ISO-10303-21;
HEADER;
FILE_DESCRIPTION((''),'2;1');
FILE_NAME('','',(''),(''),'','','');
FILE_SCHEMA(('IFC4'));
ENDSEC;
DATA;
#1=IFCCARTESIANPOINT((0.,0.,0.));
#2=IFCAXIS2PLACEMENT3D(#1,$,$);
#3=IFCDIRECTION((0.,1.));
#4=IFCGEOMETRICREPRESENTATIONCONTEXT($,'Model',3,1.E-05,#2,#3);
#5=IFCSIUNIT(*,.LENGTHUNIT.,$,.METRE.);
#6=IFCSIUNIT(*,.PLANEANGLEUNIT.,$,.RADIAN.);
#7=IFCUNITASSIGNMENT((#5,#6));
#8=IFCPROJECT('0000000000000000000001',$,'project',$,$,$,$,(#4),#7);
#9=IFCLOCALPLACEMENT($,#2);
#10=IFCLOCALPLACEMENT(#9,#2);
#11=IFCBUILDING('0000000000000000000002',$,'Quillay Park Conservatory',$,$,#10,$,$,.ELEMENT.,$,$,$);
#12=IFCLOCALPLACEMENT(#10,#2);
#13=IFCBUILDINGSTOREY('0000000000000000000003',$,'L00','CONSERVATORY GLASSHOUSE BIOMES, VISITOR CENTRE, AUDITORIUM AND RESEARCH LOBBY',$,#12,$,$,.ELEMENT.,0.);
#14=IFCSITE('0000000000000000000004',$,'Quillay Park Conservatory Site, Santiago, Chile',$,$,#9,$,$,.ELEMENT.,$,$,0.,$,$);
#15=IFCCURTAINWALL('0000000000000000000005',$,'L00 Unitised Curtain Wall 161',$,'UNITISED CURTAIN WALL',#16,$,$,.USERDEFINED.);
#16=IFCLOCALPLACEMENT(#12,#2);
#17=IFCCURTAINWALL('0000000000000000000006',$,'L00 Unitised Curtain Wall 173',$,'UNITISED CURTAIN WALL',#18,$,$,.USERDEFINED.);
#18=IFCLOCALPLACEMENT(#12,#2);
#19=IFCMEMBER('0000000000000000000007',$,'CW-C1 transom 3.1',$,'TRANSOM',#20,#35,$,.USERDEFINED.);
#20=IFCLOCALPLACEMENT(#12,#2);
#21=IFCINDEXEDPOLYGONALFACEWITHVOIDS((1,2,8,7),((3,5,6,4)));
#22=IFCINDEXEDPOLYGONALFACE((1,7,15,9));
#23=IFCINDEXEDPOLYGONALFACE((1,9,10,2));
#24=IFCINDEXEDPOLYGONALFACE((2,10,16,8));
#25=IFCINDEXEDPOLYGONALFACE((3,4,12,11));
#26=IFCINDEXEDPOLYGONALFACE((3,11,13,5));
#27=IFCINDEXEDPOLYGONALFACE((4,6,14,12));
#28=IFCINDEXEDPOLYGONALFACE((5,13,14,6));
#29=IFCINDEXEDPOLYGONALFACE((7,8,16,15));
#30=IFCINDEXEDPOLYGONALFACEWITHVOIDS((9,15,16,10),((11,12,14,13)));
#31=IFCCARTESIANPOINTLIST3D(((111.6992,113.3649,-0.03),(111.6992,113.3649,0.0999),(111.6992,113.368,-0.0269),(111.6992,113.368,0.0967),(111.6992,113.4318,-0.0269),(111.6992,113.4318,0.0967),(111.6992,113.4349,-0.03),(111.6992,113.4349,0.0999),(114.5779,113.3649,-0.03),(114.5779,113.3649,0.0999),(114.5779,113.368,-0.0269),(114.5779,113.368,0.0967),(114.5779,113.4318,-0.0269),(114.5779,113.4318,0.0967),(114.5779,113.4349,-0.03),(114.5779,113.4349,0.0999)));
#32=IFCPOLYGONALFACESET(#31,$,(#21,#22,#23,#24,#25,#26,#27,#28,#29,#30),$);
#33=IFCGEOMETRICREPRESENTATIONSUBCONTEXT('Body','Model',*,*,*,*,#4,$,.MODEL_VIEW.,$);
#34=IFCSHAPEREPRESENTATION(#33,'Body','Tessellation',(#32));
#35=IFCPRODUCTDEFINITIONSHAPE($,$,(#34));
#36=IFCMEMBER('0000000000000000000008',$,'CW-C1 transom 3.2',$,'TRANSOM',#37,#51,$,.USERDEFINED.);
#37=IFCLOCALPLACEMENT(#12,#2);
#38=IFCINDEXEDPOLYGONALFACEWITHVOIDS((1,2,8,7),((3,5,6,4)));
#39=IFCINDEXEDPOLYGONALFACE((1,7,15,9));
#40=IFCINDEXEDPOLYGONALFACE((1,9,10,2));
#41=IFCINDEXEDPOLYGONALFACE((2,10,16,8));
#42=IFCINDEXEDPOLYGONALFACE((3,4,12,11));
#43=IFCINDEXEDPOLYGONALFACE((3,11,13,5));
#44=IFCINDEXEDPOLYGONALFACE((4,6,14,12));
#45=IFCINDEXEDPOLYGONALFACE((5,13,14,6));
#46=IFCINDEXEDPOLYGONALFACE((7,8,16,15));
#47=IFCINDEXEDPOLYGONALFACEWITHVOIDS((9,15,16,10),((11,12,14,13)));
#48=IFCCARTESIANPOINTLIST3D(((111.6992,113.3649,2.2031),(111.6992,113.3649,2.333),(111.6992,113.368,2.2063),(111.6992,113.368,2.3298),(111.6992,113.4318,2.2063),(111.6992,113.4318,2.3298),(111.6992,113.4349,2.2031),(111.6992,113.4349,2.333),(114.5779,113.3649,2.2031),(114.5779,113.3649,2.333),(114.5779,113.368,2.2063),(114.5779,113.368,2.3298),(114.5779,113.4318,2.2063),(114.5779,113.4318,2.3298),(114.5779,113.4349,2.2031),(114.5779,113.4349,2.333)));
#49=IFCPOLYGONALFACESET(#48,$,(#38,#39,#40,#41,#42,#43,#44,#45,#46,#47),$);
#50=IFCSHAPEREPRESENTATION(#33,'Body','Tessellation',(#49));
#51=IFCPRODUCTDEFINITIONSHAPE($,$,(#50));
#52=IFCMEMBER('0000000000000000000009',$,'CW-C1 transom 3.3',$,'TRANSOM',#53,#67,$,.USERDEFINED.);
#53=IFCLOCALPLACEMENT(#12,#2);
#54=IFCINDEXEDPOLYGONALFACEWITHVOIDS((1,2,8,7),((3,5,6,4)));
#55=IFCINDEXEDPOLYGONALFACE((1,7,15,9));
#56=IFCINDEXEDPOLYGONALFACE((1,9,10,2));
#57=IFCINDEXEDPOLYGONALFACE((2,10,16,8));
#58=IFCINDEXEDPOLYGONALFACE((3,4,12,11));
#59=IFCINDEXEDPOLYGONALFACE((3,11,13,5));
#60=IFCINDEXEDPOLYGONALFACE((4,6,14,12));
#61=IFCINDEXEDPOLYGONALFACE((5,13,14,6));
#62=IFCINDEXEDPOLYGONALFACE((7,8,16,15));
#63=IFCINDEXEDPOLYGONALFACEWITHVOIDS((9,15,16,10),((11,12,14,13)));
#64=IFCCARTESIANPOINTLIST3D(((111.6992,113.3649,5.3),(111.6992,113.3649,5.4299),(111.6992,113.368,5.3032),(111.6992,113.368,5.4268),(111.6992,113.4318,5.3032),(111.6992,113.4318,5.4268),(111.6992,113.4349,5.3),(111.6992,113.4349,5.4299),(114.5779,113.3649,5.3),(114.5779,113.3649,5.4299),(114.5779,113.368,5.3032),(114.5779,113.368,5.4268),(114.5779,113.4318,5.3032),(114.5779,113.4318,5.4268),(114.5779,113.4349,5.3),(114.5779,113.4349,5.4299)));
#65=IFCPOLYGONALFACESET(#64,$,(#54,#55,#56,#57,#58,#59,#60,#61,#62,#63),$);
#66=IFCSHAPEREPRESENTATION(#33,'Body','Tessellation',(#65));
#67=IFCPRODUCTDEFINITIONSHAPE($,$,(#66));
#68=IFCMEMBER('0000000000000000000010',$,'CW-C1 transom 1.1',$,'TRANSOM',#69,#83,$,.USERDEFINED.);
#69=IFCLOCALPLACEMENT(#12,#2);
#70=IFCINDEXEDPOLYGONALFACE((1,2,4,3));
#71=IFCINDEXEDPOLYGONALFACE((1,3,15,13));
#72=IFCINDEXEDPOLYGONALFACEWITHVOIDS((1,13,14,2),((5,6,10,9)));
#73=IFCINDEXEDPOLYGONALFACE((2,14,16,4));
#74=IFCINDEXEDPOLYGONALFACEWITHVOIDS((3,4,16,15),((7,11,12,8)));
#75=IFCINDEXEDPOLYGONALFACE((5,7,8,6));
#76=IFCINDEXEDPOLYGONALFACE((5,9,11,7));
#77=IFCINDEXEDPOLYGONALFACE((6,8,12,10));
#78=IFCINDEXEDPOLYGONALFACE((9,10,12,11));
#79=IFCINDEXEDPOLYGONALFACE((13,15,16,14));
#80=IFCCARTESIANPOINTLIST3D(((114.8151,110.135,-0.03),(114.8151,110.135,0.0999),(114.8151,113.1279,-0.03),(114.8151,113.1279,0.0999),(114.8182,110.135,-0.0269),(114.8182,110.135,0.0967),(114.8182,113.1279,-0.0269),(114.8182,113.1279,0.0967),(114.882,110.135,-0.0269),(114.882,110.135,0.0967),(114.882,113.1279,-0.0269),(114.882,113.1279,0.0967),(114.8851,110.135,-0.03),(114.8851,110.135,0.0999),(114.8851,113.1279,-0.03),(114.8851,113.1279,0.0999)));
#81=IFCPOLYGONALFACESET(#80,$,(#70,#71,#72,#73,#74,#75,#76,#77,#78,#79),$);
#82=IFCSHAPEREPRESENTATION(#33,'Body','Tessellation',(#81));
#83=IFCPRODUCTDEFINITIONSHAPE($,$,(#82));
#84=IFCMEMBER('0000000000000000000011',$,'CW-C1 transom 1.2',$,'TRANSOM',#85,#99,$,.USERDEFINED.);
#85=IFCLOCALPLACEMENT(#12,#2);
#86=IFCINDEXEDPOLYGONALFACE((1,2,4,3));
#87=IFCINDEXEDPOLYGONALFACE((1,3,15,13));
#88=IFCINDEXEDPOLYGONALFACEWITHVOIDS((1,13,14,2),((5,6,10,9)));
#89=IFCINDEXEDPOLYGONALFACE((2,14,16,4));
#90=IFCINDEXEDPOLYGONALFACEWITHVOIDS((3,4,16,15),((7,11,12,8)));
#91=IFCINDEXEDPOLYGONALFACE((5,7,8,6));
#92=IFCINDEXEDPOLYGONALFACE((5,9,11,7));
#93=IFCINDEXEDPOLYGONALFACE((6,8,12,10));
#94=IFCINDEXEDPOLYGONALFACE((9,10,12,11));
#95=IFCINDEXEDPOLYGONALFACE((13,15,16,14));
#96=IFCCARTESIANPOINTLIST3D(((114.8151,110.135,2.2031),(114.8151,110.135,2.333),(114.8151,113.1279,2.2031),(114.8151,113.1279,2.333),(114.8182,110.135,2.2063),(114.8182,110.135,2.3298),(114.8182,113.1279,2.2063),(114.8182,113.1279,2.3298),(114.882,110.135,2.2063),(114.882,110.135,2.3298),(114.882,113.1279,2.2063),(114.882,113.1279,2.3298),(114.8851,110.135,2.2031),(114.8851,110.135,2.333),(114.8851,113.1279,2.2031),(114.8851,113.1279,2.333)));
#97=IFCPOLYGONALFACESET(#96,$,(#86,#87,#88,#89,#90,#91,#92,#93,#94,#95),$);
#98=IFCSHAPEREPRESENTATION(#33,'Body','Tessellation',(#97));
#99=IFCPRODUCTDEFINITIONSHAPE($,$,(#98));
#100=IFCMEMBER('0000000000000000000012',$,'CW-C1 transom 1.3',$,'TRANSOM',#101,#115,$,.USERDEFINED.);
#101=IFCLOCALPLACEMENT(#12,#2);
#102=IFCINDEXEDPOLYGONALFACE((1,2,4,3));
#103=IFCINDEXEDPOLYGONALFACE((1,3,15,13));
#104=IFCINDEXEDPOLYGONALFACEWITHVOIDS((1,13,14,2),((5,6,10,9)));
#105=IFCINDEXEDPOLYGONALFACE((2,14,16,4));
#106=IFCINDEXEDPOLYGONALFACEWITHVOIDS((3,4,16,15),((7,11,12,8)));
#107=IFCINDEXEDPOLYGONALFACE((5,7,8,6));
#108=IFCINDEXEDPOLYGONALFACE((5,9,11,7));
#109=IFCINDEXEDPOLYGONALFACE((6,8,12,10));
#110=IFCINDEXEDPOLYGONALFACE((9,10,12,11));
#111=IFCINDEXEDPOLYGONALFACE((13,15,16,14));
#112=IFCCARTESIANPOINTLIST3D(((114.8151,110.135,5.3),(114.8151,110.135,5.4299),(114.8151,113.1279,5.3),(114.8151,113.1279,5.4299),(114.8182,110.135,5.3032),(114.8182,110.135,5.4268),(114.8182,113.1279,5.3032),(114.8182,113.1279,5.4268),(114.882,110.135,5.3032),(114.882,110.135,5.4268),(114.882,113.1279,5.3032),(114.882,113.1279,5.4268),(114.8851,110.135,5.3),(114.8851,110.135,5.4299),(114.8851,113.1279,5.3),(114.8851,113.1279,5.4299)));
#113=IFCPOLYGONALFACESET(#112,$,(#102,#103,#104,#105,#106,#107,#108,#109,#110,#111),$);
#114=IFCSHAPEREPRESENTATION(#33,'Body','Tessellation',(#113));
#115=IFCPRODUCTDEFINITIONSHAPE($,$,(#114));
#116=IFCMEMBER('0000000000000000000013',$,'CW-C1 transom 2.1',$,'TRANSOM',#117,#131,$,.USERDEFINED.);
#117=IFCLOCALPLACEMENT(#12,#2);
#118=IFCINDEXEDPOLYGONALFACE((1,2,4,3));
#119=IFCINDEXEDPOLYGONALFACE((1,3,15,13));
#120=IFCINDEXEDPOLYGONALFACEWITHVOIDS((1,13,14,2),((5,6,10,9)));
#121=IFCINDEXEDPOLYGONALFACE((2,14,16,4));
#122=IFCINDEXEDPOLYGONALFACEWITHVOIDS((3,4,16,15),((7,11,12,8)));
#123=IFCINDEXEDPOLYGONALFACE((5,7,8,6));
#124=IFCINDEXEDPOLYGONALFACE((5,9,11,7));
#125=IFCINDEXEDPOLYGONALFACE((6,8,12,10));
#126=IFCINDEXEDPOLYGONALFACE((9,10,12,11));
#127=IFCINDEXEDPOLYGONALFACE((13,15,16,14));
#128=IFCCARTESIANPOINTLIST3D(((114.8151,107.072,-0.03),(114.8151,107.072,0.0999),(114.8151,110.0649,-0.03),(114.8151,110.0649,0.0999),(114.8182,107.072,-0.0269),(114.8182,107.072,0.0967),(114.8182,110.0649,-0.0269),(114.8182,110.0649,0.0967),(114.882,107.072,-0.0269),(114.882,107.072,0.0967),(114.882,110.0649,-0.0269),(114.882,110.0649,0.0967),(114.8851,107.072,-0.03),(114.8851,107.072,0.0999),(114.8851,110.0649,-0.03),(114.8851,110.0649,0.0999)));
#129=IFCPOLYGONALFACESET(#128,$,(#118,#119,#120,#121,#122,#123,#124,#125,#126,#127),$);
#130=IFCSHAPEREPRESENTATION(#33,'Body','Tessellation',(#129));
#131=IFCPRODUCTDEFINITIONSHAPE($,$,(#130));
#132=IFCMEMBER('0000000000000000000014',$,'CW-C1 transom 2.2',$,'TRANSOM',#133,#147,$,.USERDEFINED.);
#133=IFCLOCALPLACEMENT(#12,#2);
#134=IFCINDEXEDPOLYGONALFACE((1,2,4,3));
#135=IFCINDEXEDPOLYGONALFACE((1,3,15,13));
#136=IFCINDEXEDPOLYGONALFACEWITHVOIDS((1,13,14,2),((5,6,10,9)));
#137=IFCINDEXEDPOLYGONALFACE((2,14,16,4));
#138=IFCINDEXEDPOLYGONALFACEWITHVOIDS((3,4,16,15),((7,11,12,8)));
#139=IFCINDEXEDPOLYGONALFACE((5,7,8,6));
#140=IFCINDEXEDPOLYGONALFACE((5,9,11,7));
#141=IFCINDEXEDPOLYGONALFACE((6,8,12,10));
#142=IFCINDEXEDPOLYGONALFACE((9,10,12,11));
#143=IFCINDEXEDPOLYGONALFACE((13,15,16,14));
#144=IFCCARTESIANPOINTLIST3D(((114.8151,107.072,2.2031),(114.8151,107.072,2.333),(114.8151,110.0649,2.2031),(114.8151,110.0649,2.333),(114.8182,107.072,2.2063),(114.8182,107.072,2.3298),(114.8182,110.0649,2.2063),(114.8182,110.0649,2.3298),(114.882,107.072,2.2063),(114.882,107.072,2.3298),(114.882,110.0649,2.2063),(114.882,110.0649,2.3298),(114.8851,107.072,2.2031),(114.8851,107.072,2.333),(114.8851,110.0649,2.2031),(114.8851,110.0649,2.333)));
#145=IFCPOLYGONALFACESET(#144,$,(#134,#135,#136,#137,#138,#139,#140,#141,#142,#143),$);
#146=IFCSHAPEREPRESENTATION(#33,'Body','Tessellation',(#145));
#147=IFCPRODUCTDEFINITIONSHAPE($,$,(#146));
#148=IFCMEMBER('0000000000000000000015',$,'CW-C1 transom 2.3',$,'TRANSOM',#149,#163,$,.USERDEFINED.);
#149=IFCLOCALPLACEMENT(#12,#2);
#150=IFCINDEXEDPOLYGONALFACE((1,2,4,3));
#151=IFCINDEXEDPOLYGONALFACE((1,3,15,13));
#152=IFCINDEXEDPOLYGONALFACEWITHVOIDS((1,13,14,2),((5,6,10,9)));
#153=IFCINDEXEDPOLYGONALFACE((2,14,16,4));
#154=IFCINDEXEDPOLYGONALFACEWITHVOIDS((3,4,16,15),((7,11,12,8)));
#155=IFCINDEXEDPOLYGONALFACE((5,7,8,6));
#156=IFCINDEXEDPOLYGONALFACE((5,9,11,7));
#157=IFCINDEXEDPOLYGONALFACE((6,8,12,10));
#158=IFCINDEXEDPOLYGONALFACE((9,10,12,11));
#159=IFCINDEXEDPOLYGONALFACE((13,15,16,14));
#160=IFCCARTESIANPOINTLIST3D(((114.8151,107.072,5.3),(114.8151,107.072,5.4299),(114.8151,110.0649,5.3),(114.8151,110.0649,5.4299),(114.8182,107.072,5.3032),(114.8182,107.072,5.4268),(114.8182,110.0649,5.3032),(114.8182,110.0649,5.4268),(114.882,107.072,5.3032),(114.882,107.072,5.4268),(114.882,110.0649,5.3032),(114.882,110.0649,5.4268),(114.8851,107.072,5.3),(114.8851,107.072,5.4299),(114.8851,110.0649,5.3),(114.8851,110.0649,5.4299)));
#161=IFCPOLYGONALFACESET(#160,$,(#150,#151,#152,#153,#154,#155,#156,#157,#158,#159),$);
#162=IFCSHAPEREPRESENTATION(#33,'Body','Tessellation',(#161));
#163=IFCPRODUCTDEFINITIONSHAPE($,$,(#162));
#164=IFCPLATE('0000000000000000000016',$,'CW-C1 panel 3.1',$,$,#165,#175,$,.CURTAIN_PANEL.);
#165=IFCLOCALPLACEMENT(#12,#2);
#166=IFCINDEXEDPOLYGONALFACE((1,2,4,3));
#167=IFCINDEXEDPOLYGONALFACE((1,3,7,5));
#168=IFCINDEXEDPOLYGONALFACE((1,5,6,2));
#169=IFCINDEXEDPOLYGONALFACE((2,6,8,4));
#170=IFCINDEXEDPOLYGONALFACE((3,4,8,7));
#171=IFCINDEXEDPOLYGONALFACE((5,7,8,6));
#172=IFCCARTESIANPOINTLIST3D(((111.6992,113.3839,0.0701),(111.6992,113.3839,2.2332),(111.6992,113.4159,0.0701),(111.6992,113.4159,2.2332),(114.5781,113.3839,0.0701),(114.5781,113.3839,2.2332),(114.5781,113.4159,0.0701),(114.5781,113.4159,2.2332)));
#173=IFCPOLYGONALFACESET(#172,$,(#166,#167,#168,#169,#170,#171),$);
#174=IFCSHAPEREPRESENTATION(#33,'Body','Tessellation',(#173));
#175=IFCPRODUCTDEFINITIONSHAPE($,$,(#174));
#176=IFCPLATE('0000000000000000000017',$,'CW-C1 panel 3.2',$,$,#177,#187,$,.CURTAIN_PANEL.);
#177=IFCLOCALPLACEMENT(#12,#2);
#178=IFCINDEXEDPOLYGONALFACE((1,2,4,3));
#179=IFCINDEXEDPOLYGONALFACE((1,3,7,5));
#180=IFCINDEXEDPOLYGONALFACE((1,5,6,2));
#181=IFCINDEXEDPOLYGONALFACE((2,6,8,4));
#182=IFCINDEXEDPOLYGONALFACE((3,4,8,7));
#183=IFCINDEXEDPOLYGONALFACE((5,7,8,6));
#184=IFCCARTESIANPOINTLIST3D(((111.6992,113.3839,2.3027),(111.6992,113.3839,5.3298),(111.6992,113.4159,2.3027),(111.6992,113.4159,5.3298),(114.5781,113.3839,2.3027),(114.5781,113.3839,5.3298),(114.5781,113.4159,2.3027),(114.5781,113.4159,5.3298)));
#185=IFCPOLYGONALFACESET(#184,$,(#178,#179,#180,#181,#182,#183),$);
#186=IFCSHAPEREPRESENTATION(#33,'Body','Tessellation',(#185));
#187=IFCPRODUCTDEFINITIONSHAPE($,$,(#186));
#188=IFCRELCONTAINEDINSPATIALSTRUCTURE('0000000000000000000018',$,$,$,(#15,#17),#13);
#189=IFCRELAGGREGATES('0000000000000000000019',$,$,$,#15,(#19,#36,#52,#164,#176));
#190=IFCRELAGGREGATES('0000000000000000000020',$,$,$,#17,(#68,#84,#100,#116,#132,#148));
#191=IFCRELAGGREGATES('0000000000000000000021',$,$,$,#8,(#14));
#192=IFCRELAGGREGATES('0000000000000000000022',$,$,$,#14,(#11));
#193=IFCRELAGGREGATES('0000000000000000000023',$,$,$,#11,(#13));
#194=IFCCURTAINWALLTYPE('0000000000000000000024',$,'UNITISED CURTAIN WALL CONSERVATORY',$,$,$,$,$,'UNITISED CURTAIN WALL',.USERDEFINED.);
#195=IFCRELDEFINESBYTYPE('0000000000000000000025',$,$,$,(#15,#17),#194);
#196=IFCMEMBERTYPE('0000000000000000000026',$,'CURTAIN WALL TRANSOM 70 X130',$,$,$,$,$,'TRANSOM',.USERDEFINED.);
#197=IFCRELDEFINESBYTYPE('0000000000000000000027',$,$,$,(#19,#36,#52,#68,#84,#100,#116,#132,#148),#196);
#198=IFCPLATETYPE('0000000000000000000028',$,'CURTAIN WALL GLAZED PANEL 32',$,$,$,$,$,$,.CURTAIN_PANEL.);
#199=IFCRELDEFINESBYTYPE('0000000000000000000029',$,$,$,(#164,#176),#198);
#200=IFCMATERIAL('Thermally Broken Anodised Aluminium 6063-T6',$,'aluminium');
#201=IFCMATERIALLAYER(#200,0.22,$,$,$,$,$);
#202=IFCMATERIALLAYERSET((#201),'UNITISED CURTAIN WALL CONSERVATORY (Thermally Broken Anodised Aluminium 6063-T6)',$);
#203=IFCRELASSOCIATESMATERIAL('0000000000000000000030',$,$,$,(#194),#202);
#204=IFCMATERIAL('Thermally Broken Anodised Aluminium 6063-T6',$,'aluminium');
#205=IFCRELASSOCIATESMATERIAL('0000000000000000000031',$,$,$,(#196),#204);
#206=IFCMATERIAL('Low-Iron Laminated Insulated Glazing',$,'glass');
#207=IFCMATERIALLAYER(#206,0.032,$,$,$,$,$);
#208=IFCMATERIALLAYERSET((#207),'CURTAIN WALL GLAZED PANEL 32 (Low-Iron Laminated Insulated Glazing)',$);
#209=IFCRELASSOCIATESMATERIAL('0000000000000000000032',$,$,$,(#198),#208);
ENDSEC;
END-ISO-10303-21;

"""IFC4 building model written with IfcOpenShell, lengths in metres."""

from ifc_helpers import new_model, si_unit, direction, frame, origin, origin_2d, place, context, subcontext, project, spatial, rectangle, hollow_rectangle, extrude, material, layer, layer_set, material_profile, profile_set, type_object, element, aggregate, save


model = new_model("IFC4")

# Units and contexts
model_context = context("Model", 3, precision=1e-05, world=origin(), true_north=direction((0.0, 1.0)))
body_context = subcontext(model_context, "Body", "Model", "MODEL_VIEW")
ifc_project = project(units=[si_unit("LENGTHUNIT", "METRE"), si_unit("PLANEANGLEUNIT", "RADIAN")], contexts=[model_context])

# Site, building, storey
site_placement = place(None, origin())
site = spatial("IfcSite", under=ifc_project, at=site_placement, Name="Quillay Park Conservatory Site, Santiago, Chile", CompositionType="ELEMENT", RefElevation=0.0)
building_placement = place(site_placement, origin())
building = spatial("IfcBuilding", under=site, at=building_placement, Name="Quillay Park Conservatory", CompositionType="ELEMENT")
storey_placement = place(building_placement, origin())
storey = spatial("IfcBuildingStorey", under=building, at=storey_placement, Name="L00", Description="CONSERVATORY GLASSHOUSE BIOMES, VISITOR CENTRE, AUDITORIUM AND RESEARCH LOBBY", CompositionType="ELEMENT", Elevation=0.0)

# Curtain walls
ifc_material_1 = material(Name="Thermally Broken Anodised Aluminium 6063-T6", Category="aluminium")
ifc_layer_1 = layer(ifc_material_1, 0.22)
ifc_layer_set_1 = layer_set([ifc_layer_1], Name="UNITISED CURTAIN WALL CONSERVATORY (Thermally Broken Anodised Aluminium 6063-T6)")
curtain_wall_type = type_object("IfcCurtainWallType", Name="UNITISED CURTAIN WALL CONSERVATORY", ElementType="UNITISED CURTAIN WALL", PredefinedType="USERDEFINED", material=ifc_layer_set_1)
curtain_wall_1_placement = place(storey_placement, origin())
curtain_wall_1 = element("IfcCurtainWall", 1, at=curtain_wall_1_placement, inside=storey, type_object=curtain_wall_type, Name="L00 Unitised Curtain Wall 161", ObjectType="UNITISED CURTAIN WALL", PredefinedType="USERDEFINED")
curtain_wall_2_placement = place(storey_placement, origin())
curtain_wall_2 = element("IfcCurtainWall", 2, at=curtain_wall_2_placement, inside=storey, type_object=curtain_wall_type, Name="L00 Unitised Curtain Wall 173", ObjectType="UNITISED CURTAIN WALL", PredefinedType="USERDEFINED")

# Members
ifc_material_2 = material(Name="Thermally Broken Anodised Aluminium 6063-T6", Category="aluminium")
ifc_material_profile_1 = material_profile(ifc_material_2, hollow_rectangle(XDim=0.0701, YDim=0.1299, WallThickness=0.0032, at=origin_2d()), Name="AL70x130x3.2")
ifc_profile_set_1 = profile_set([ifc_material_profile_1], Name="Thermally Broken Anodised Aluminium 6063-T6")
member_type_1 = type_object("IfcMemberType", Name="CURTAIN WALL TRANSOM 70 X130", ElementType="TRANSOM", PredefinedType="USERDEFINED", material=ifc_profile_set_1)
member_1_placement = place(storey_placement, frame((111.6992, 113.3999, 0.0349), z_axis=(1.0, 0.0, 0.0), x_axis=(0.0, 1.0, 0.0)))
member_1 = element("IfcMember", 3, at=member_1_placement, type_object=member_type_1, Name="CW-C1 transom 3.1", ObjectType="TRANSOM", PredefinedType="USERDEFINED", context=body_context, shape_type="SweptSolid", body=[
    extrude(hollow_rectangle(XDim=0.0701, YDim=0.1299, WallThickness=0.0032, at=origin_2d()), origin(), (0.0, 0.0, 1.0), 2.8787),
])
member_2_placement = place(storey_placement, frame((111.6992, 113.3999, 2.2681), z_axis=(1.0, 0.0, 0.0), x_axis=(0.0, 1.0, 0.0)))
member_2 = element("IfcMember", 4, at=member_2_placement, type_object=member_type_1, Name="CW-C1 transom 3.2", ObjectType="TRANSOM", PredefinedType="USERDEFINED", context=body_context, shape_type="SweptSolid", body=[
    extrude(hollow_rectangle(XDim=0.0701, YDim=0.1299, WallThickness=0.0032, at=origin_2d()), origin(), (0.0, 0.0, 1.0), 2.8787),
])
member_3_placement = place(storey_placement, frame((111.6992, 113.3999, 5.365), z_axis=(1.0, 0.0, 0.0), x_axis=(0.0, 1.0, 0.0)))
member_3 = element("IfcMember", 5, at=member_3_placement, type_object=member_type_1, Name="CW-C1 transom 3.3", ObjectType="TRANSOM", PredefinedType="USERDEFINED", context=body_context, shape_type="SweptSolid", body=[
    extrude(hollow_rectangle(XDim=0.0701, YDim=0.1299, WallThickness=0.0032, at=origin_2d()), origin(), (0.0, 0.0, 1.0), 2.8787),
])
member_4_placement = place(storey_placement, frame((114.8501, 113.1279, 0.0349), z_axis=(0.0, -1.0, 0.0), x_axis=(1.0, 0.0, 0.0)))
member_4 = element("IfcMember", 6, at=member_4_placement, type_object=member_type_1, Name="CW-C1 transom 1.1", ObjectType="TRANSOM", PredefinedType="USERDEFINED", context=body_context, shape_type="SweptSolid", body=[
    extrude(hollow_rectangle(XDim=0.0701, YDim=0.1299, WallThickness=0.0032, at=origin_2d()), origin(), (0.0, 0.0, 1.0), 2.9929),
])
member_5_placement = place(storey_placement, frame((114.8501, 113.1279, 2.2681), z_axis=(0.0, -1.0, 0.0), x_axis=(1.0, 0.0, 0.0)))
member_5 = element("IfcMember", 7, at=member_5_placement, type_object=member_type_1, Name="CW-C1 transom 1.2", ObjectType="TRANSOM", PredefinedType="USERDEFINED", context=body_context, shape_type="SweptSolid", body=[
    extrude(hollow_rectangle(XDim=0.0701, YDim=0.1299, WallThickness=0.0032, at=origin_2d()), origin(), (0.0, 0.0, 1.0), 2.9929),
])
member_6_placement = place(storey_placement, frame((114.8501, 113.1279, 5.365), z_axis=(0.0, -1.0, 0.0), x_axis=(1.0, 0.0, 0.0)))
member_6 = element("IfcMember", 8, at=member_6_placement, type_object=member_type_1, Name="CW-C1 transom 1.3", ObjectType="TRANSOM", PredefinedType="USERDEFINED", context=body_context, shape_type="SweptSolid", body=[
    extrude(hollow_rectangle(XDim=0.0701, YDim=0.1299, WallThickness=0.0032, at=origin_2d()), origin(), (0.0, 0.0, 1.0), 2.9929),
])
member_7_placement = place(storey_placement, frame((114.8501, 110.0649, 0.0349), z_axis=(0.0, -1.0, 0.0), x_axis=(1.0, 0.0, 0.0)))
member_7 = element("IfcMember", 9, at=member_7_placement, type_object=member_type_1, Name="CW-C1 transom 2.1", ObjectType="TRANSOM", PredefinedType="USERDEFINED", context=body_context, shape_type="SweptSolid", body=[
    extrude(hollow_rectangle(XDim=0.0701, YDim=0.1299, WallThickness=0.0032, at=origin_2d()), origin(), (0.0, 0.0, 1.0), 2.9929),
])
member_8_placement = place(storey_placement, frame((114.8501, 110.0649, 2.2681), z_axis=(0.0, -1.0, 0.0), x_axis=(1.0, 0.0, 0.0)))
member_8 = element("IfcMember", 10, at=member_8_placement, type_object=member_type_1, Name="CW-C1 transom 2.2", ObjectType="TRANSOM", PredefinedType="USERDEFINED", context=body_context, shape_type="SweptSolid", body=[
    extrude(hollow_rectangle(XDim=0.0701, YDim=0.1299, WallThickness=0.0032, at=origin_2d()), origin(), (0.0, 0.0, 1.0), 2.9929),
])
member_9_placement = place(storey_placement, frame((114.8501, 110.0649, 5.365), z_axis=(0.0, -1.0, 0.0), x_axis=(1.0, 0.0, 0.0)))
member_9 = element("IfcMember", 11, at=member_9_placement, type_object=member_type_1, Name="CW-C1 transom 2.3", ObjectType="TRANSOM", PredefinedType="USERDEFINED", context=body_context, shape_type="SweptSolid", body=[
    extrude(hollow_rectangle(XDim=0.0701, YDim=0.1299, WallThickness=0.0032, at=origin_2d()), origin(), (0.0, 0.0, 1.0), 2.9929),
])

# Plates
ifc_material_3 = material(Name="Low-Iron Laminated Insulated Glazing", Category="glass")
ifc_layer_2 = layer(ifc_material_3, 0.032)
ifc_layer_set_2 = layer_set([ifc_layer_2], Name="CURTAIN WALL GLAZED PANEL 32 (Low-Iron Laminated Insulated Glazing)")
plate_type_1 = type_object("IfcPlateType", Name="CURTAIN WALL GLAZED PANEL 32", PredefinedType="CURTAIN_PANEL", material=ifc_layer_set_2)
plate_1_placement = place(storey_placement, frame((113.1387, 113.3999, 0.0701), z_axis=(0.0, 0.0, 1.0), x_axis=(1.0, 0.0, 0.0)))
plate_1 = element("IfcPlate", 12, at=plate_1_placement, type_object=plate_type_1, Name="CW-C1 panel 3.1", PredefinedType="CURTAIN_PANEL", context=body_context, shape_type="SweptSolid", body=[
    extrude(rectangle(XDim=2.8789, YDim=0.032, at=origin_2d()), origin(), (0.0, 0.0, 1.0), 2.1631),
])
plate_2_placement = place(storey_placement, frame((113.1387, 113.3999, 2.3027), z_axis=(0.0, 0.0, 1.0), x_axis=(1.0, 0.0, 0.0)))
plate_2 = element("IfcPlate", 13, at=plate_2_placement, type_object=plate_type_1, Name="CW-C1 panel 3.2", PredefinedType="CURTAIN_PANEL", context=body_context, shape_type="SweptSolid", body=[
    extrude(rectangle(XDim=2.8789, YDim=0.032, at=origin_2d()), origin(), (0.0, 0.0, 1.0), 3.0271),
])
aggregate(curtain_wall_1, [member_1, member_2, member_3, plate_1, plate_2])
aggregate(curtain_wall_2, [member_4, member_5, member_6, member_7, member_8, member_9])

save(model, "model.ifc")
